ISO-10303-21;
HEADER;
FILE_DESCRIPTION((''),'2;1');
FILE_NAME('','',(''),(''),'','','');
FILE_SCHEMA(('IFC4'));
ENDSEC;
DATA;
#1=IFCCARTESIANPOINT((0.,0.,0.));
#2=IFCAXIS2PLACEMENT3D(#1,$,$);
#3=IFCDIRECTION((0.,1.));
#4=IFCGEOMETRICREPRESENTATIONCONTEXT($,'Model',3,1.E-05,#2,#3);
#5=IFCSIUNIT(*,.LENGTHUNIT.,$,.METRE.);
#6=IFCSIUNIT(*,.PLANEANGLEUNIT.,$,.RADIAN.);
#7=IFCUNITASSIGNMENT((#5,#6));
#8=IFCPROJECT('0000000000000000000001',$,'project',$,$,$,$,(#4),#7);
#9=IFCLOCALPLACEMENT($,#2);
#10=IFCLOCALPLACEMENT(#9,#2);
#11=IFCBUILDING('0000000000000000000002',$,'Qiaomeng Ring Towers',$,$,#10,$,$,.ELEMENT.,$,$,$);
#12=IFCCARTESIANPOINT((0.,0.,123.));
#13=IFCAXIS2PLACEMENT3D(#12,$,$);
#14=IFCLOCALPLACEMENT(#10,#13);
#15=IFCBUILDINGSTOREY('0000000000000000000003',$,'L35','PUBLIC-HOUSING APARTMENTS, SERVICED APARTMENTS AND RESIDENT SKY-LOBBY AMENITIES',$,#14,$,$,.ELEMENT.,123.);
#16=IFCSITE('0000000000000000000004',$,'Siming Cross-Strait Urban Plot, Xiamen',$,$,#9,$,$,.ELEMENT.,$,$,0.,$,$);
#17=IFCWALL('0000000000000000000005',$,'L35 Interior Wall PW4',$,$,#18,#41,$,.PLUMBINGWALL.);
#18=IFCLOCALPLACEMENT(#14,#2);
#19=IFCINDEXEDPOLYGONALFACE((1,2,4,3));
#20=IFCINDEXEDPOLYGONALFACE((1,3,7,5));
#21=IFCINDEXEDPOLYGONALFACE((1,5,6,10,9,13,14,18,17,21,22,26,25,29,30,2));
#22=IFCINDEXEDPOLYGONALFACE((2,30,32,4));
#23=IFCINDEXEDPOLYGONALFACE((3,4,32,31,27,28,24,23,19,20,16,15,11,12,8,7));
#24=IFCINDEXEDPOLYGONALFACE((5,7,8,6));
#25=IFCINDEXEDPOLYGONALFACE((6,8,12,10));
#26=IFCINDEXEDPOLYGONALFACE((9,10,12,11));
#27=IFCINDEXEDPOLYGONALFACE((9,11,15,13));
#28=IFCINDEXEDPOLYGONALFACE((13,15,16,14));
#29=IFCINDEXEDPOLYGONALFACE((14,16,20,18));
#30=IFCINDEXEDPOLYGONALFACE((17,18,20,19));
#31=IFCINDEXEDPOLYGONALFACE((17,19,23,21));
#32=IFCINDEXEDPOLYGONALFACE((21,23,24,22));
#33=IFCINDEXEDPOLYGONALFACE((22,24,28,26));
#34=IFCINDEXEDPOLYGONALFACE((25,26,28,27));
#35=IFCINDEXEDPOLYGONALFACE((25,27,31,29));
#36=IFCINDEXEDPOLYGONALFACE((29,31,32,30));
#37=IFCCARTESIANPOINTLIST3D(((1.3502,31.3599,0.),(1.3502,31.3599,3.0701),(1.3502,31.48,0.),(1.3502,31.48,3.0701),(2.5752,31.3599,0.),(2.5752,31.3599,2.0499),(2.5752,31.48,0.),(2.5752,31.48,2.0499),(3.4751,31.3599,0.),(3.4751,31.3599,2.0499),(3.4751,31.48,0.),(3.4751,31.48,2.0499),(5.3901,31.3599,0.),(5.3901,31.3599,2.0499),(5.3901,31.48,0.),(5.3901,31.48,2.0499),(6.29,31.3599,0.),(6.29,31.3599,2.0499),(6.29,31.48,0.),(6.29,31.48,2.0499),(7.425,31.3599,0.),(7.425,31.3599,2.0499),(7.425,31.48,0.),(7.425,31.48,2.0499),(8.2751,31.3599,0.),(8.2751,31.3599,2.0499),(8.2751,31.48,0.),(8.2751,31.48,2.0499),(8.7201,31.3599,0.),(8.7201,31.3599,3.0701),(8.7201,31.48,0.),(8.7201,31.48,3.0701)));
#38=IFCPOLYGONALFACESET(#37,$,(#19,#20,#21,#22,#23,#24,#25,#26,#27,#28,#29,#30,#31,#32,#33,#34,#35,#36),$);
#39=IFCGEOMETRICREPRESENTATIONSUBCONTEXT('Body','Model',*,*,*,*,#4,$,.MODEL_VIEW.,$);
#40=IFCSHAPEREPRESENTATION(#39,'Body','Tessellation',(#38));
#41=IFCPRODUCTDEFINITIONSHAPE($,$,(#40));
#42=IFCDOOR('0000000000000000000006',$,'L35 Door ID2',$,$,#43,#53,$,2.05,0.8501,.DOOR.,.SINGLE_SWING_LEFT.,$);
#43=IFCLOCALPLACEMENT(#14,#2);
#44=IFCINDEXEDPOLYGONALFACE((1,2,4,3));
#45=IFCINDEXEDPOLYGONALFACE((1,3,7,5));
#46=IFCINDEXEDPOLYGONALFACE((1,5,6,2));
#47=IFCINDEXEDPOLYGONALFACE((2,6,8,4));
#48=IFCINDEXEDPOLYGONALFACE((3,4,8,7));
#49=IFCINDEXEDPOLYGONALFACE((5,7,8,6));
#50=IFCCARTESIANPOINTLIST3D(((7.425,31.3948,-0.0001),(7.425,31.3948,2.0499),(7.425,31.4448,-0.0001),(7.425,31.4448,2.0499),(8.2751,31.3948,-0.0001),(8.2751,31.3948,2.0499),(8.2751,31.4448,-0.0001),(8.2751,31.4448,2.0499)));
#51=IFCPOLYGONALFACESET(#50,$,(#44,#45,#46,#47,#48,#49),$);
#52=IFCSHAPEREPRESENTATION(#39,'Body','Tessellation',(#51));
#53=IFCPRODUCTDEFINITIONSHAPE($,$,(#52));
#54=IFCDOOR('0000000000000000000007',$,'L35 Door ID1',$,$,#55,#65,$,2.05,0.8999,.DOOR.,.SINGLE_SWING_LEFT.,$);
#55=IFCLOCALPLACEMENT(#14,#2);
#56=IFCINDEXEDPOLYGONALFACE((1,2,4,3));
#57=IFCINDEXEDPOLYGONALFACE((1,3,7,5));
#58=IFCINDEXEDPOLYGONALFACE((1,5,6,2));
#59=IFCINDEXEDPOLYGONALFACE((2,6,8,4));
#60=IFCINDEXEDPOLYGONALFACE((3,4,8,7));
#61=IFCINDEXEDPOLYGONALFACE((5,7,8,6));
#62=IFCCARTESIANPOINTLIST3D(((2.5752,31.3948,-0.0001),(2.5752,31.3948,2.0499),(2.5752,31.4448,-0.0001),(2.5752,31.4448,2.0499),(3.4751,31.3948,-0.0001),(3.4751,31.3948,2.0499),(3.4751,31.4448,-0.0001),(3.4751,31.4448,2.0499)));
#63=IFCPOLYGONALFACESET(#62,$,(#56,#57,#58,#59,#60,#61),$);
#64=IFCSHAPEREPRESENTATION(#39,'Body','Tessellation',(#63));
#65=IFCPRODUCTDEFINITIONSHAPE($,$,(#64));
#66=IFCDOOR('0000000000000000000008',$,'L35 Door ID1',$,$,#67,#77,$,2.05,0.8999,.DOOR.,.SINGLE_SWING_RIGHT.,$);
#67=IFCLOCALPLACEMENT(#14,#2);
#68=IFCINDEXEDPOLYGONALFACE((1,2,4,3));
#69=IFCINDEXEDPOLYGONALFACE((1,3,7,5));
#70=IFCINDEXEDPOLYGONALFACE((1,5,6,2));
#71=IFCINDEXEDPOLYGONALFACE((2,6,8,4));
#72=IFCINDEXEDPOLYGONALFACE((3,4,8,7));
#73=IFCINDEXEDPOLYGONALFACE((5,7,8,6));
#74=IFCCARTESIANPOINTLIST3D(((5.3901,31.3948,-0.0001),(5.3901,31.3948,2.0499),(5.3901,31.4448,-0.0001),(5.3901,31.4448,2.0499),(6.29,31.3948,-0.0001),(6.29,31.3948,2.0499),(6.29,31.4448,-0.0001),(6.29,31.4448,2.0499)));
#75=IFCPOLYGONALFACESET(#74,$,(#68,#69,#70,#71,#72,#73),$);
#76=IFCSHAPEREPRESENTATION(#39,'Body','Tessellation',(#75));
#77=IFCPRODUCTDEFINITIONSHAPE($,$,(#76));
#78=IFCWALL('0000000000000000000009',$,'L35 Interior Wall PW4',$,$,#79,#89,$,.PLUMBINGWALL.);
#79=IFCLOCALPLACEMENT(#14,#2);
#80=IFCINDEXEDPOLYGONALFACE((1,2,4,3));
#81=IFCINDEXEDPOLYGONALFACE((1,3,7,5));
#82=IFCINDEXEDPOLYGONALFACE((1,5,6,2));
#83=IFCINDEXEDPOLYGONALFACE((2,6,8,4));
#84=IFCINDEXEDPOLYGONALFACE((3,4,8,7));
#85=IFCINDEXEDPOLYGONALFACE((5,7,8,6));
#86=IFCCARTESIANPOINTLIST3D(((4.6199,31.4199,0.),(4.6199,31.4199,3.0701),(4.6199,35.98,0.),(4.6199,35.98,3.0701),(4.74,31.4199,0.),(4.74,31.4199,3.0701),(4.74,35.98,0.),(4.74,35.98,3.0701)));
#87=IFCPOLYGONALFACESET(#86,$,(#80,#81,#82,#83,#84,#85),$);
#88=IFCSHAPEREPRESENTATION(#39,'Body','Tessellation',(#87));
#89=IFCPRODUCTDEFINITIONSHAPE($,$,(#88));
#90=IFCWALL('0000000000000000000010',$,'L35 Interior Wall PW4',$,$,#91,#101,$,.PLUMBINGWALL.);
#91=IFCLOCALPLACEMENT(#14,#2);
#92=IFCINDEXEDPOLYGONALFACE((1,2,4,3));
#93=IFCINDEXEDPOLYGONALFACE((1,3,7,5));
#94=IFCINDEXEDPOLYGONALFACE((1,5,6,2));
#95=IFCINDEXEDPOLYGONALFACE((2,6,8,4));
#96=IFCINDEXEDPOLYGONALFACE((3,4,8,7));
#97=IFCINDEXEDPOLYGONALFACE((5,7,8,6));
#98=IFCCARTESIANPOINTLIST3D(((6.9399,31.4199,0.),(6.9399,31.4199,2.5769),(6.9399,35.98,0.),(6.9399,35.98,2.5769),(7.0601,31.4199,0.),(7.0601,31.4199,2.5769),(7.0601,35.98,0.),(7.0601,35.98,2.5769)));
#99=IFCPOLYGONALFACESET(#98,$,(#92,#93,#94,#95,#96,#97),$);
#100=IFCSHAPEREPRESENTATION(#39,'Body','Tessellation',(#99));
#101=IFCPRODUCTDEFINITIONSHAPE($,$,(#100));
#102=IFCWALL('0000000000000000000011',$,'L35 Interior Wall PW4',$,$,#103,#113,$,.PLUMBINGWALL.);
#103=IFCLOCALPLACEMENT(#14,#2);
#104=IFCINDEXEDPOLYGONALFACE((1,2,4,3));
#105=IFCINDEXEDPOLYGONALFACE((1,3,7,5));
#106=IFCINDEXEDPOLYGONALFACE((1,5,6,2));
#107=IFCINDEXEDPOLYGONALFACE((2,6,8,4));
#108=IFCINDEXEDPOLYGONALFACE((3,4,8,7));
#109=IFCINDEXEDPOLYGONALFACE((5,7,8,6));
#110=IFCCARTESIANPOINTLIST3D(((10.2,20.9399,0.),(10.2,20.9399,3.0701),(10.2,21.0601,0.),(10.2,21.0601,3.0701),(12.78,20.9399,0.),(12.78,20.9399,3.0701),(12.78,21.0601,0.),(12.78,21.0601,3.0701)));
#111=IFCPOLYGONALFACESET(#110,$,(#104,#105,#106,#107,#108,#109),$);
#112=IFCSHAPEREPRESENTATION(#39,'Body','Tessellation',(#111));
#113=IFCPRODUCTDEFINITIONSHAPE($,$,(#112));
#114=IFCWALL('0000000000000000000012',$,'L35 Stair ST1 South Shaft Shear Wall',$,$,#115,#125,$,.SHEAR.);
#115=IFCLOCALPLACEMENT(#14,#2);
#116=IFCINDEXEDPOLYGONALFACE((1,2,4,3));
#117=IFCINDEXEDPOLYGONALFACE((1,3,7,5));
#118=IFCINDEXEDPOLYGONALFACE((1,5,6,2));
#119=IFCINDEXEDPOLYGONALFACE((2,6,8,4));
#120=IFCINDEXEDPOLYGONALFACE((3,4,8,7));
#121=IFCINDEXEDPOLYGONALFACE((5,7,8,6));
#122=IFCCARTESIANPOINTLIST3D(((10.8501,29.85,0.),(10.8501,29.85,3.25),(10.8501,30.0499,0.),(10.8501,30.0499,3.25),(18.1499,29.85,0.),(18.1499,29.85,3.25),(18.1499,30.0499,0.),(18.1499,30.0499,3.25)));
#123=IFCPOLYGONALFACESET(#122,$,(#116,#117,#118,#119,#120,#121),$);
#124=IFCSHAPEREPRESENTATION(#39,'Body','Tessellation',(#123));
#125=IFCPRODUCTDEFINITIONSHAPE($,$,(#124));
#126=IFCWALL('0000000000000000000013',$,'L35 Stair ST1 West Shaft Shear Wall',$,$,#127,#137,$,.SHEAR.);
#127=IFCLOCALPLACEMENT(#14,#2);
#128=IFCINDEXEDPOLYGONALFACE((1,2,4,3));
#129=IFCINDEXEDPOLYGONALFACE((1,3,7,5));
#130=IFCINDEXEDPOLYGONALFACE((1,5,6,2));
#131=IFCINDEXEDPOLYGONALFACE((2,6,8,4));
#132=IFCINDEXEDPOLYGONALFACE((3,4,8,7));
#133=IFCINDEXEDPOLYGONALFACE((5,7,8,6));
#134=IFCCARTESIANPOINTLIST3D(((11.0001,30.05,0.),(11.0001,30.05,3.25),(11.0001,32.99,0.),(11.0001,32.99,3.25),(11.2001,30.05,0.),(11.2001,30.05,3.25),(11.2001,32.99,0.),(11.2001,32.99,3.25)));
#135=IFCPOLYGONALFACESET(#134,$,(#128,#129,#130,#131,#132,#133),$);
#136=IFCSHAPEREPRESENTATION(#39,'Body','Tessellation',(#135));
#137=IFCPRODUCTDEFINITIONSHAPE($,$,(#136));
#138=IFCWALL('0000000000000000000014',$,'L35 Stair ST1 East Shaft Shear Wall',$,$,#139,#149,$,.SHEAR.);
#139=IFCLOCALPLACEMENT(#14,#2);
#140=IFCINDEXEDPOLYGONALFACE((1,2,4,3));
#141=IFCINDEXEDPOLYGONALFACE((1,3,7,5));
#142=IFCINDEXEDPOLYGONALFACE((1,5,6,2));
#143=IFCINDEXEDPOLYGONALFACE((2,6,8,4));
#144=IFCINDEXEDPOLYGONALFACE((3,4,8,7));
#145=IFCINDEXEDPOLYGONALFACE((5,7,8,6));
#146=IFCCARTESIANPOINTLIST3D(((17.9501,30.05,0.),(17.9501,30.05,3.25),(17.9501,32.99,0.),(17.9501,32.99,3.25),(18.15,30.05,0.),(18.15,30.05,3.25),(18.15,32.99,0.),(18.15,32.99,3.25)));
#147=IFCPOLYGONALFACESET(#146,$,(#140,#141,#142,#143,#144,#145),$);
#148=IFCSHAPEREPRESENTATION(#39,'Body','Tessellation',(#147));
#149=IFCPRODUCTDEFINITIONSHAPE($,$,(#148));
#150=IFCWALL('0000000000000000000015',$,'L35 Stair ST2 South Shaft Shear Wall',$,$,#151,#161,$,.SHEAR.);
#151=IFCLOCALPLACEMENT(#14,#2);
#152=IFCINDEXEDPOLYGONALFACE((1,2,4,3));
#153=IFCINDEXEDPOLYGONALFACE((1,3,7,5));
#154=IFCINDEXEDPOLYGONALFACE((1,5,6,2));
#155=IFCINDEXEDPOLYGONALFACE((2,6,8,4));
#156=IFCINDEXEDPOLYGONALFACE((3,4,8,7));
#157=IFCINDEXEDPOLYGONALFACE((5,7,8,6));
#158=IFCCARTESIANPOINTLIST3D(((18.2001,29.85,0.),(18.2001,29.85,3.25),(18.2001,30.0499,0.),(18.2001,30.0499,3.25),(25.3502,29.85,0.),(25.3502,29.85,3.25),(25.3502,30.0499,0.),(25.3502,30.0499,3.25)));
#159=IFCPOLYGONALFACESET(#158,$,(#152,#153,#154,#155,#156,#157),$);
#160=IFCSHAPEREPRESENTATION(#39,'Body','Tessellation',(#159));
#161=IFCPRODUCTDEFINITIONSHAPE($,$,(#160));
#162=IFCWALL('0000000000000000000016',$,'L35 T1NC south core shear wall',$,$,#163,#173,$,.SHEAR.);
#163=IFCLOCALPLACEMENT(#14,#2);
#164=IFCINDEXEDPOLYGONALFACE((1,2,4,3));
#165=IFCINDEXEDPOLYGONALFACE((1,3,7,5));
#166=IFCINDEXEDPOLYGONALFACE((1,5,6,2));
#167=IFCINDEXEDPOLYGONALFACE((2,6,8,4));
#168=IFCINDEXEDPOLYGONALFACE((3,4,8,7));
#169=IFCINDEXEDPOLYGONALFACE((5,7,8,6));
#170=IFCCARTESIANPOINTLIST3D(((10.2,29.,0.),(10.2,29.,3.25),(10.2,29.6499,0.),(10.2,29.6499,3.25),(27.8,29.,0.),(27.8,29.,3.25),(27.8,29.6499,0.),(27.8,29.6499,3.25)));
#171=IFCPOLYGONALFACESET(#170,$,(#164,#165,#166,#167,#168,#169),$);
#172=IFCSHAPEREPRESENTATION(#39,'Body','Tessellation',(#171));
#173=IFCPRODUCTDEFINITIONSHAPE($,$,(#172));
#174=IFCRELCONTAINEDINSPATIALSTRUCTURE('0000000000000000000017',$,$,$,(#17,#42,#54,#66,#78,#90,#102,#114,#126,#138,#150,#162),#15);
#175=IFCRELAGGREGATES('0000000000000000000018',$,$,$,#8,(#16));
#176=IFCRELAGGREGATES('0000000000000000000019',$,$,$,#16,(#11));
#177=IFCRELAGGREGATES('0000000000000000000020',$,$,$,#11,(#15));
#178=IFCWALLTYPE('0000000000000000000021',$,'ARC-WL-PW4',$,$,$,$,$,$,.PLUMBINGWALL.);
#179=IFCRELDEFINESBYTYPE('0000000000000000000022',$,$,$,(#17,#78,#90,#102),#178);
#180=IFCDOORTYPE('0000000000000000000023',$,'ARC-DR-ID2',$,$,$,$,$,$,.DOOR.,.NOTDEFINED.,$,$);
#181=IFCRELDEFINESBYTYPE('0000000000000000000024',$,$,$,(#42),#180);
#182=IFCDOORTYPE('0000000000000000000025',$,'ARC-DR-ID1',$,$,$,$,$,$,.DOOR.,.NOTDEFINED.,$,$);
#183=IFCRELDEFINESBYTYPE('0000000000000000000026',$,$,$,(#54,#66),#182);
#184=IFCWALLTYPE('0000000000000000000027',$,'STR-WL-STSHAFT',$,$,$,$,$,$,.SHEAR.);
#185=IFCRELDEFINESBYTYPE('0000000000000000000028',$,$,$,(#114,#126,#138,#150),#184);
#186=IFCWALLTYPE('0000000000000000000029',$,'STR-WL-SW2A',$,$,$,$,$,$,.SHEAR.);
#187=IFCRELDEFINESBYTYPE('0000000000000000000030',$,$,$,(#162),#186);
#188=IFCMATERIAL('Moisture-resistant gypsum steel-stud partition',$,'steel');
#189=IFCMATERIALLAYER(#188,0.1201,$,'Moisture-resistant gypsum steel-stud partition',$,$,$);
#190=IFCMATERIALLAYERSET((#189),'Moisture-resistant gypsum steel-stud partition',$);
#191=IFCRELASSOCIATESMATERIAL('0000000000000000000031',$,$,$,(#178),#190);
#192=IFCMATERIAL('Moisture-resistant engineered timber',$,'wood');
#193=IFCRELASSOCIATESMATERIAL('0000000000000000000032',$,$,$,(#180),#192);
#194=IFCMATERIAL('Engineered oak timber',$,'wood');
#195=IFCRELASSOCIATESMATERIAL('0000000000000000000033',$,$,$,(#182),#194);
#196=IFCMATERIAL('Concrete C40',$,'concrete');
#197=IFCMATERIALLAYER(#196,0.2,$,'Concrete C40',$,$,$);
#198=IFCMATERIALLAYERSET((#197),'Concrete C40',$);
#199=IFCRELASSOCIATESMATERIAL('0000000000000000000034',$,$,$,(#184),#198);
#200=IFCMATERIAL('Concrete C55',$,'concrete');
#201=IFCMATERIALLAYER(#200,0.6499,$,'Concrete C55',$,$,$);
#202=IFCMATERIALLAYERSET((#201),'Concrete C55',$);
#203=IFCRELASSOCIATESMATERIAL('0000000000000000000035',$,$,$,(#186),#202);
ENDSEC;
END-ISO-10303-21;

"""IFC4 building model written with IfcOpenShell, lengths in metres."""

from ifc_helpers import new_model, si_unit, direction, frame, frame_2d, origin, place, context, subcontext, project, spatial, rectangle, extrude, source, transform, mapped, material, layer, layer_set, type_object, element, fill, save


model = new_model("IFC4")

# Units and contexts
model_context = context("Model", 3, precision=1e-05, world=origin(), true_north=direction((0.0, 1.0)))
body_context = subcontext(model_context, "Body", "Model", "MODEL_VIEW")
ifc_project = project(units=[si_unit("LENGTHUNIT", "METRE"), si_unit("PLANEANGLEUNIT", "RADIAN")], contexts=[model_context])

# Site, building, storey
site_placement = place(None, origin())
site = spatial("IfcSite", under=ifc_project, at=site_placement, Name="Siming Cross-Strait Urban Plot, Xiamen", CompositionType="ELEMENT", RefElevation=0.0)
building_placement = place(site_placement, origin())
building = spatial("IfcBuilding", under=site, at=building_placement, Name="Qiaomeng Ring Towers", CompositionType="ELEMENT")
storey_placement = place(building_placement, frame((0.0, 0.0, 123.0)))
storey = spatial("IfcBuildingStorey", under=building, at=storey_placement, Name="L35", Description="PUBLIC-HOUSING APARTMENTS, SERVICED APARTMENTS AND RESIDENT SKY-LOBBY AMENITIES", CompositionType="ELEMENT", Elevation=123.0)

# Shared definitions
ifc_material_1 = material(Name="Concrete C55", Category="concrete")

# Wall, openings, doors
ifc_material_2 = material(Name="Moisture-resistant gypsum steel-stud partition", Category="steel")
ifc_layer_1 = layer(ifc_material_2, 0.1201, Name="Moisture-resistant gypsum steel-stud partition")
ifc_layer_set_1 = layer_set([ifc_layer_1], Name="Moisture-resistant gypsum steel-stud partition")
wall_type_1 = type_object("IfcWallType", Name="ARC-WL-PW4", PredefinedType="PLUMBINGWALL", material=ifc_layer_set_1)
wall_1_placement = place(storey_placement, frame((1.3501, 31.4199, 0.0), z_axis=(0.0, 0.0, 1.0), x_axis=(1.0, 0.0, 0.0)))
wall_1 = element("IfcWall", 1, at=wall_1_placement, inside=storey, type_object=wall_type_1, Name="L35 Interior Wall PW4", PredefinedType="PLUMBINGWALL", context=body_context, shape_type="SweptSolid", body=[
    extrude(rectangle(XDim=7.3699, YDim=0.1201, at=frame_2d((3.6851, 0.0))), origin(), (0.0, 0.0, 1.0), 3.0701),
])
opening_1_placement = place(wall_1_placement, frame((1.2251, 0.0, 0.0)))
opening_1 = element("IfcOpeningElement", 2, at=opening_1_placement, cuts=wall_1, PredefinedType="OPENING", context=body_context, shape_type="SweptSolid", body=[
    extrude(rectangle(XDim=0.8999, YDim=2.05, at=frame_2d((0.45, 1.0249))), frame((0.0, 0.0701, 0.0), z_axis=(0.0, -1.0, 0.0), x_axis=(1.0, 0.0, 0.0)), (0.0, 0.0, 1.0), 0.1401),
])
opening_2_placement = place(wall_1_placement, frame((4.04, 0.0, 0.0)))
opening_2 = element("IfcOpeningElement", 3, at=opening_2_placement, cuts=wall_1, PredefinedType="OPENING", context=body_context, shape_type="SweptSolid", body=[
    extrude(rectangle(XDim=0.8999, YDim=2.05, at=frame_2d((0.45, 1.0249))), frame((0.0, 0.0701, 0.0), z_axis=(0.0, -1.0, 0.0), x_axis=(1.0, 0.0, 0.0)), (0.0, 0.0, 1.0), 0.1401),
])
opening_3_placement = place(wall_1_placement, frame((6.075, 0.0, 0.0)))
opening_3 = element("IfcOpeningElement", 4, at=opening_3_placement, cuts=wall_1, PredefinedType="OPENING", context=body_context, shape_type="SweptSolid", body=[
    extrude(rectangle(XDim=0.8501, YDim=2.05, at=frame_2d((0.425, 1.0249))), frame((0.0, 0.0701, 0.0), z_axis=(0.0, -1.0, 0.0), x_axis=(1.0, 0.0, 0.0)), (0.0, 0.0, 1.0), 0.1401),
])
ifc_material_3 = material(Name="Moisture-resistant engineered timber", Category="wood")
door_type_1 = type_object("IfcDoorType", Name="ARC-DR-ID2", OperationType="NOTDEFINED", PredefinedType="DOOR", material=ifc_material_3)
shared_shape_1 = source(origin(), body_context, "Body", "SweptSolid", [
    extrude(rectangle(XDim=0.8501, YDim=2.05, at=frame_2d((0.425, 1.0249))), frame((0.0, 0.0249, 0.0), z_axis=(0.0, -1.0, 0.0), x_axis=(1.0, 0.0, 0.0)), (0.0, 0.0, 1.0), 0.05),
])
door_1_placement = place(opening_3_placement, origin())
door_1 = element("IfcDoor", 5, at=door_1_placement, inside=storey, type_object=door_type_1, Name="L35 Door ID2", OperationType="SINGLE_SWING_LEFT", OverallHeight=2.05, OverallWidth=0.8501, PredefinedType="DOOR", context=body_context, shape_type="MappedRepresentation", body=[
    mapped(shared_shape_1, transform((0.0, 0.0, 0.0), x_axis=(1.0, 0.0, 0.0), y_axis=(0.0, 1.0, 0.0), z_axis=(0.0, 0.0, 1.0), scale=1.0)),
])
fill(opening_3, door_1)
ifc_material_4 = material(Name="Engineered oak timber", Category="wood")
door_type_2 = type_object("IfcDoorType", Name="ARC-DR-ID1", OperationType="NOTDEFINED", PredefinedType="DOOR", material=ifc_material_4)
shared_shape_2 = source(origin(), body_context, "Body", "SweptSolid", [
    extrude(rectangle(XDim=0.8999, YDim=2.05, at=frame_2d((0.45, 1.0249))), frame((0.0, 0.0249, 0.0), z_axis=(0.0, -1.0, 0.0), x_axis=(1.0, 0.0, 0.0)), (0.0, 0.0, 1.0), 0.05),
])
door_2_placement = place(opening_1_placement, origin())
door_2 = element("IfcDoor", 6, at=door_2_placement, inside=storey, type_object=door_type_2, Name="L35 Door ID1", OperationType="SINGLE_SWING_LEFT", OverallHeight=2.05, OverallWidth=0.8999, PredefinedType="DOOR", context=body_context, shape_type="MappedRepresentation", body=[
    mapped(shared_shape_2, transform((0.0, 0.0, 0.0), x_axis=(1.0, 0.0, 0.0), y_axis=(0.0, 1.0, 0.0), z_axis=(0.0, 0.0, 1.0), scale=1.0)),
])
fill(opening_1, door_2)
door_3_placement = place(opening_2_placement, origin())
door_3 = element("IfcDoor", 7, at=door_3_placement, inside=storey, type_object=door_type_2, Name="L35 Door ID1", OperationType="SINGLE_SWING_RIGHT", OverallHeight=2.05, OverallWidth=0.8999, PredefinedType="DOOR", context=body_context, shape_type="MappedRepresentation", body=[
    mapped(shared_shape_2, transform((0.0, 0.0, 0.0), x_axis=(1.0, 0.0, 0.0), y_axis=(0.0, 1.0, 0.0), z_axis=(0.0, 0.0, 1.0), scale=1.0)),
])
fill(opening_2, door_3)

# Walls
wall_2_placement = place(storey_placement, frame((4.6799, 31.4199, 0.0), z_axis=(0.0, 0.0, 1.0), x_axis=(0.0, 1.0, 0.0)))
element("IfcWall", 8, at=wall_2_placement, inside=storey, type_object=wall_type_1, Name="L35 Interior Wall PW4", PredefinedType="PLUMBINGWALL", context=body_context, shape_type="SweptSolid", body=[
    extrude(rectangle(XDim=4.5601, YDim=0.1201, at=frame_2d((2.28, 0.0))), origin(), (0.0, 0.0, 1.0), 3.0701),
])
wall_3_placement = place(storey_placement, frame((7.0, 31.4199, 0.0), z_axis=(0.0, 0.0, 1.0), x_axis=(0.0, 1.0, 0.0)))
element("IfcWall", 9, at=wall_3_placement, inside=storey, type_object=wall_type_1, Name="L35 Interior Wall PW4", PredefinedType="PLUMBINGWALL", context=body_context, shape_type="SweptSolid", body=[
    extrude(rectangle(XDim=4.5601, YDim=0.1201, at=frame_2d((2.28, 0.0))), origin(), (0.0, 0.0, 1.0), 2.5769),
])
wall_4_placement = place(storey_placement, frame((10.2, 21.0, 0.0), z_axis=(0.0, 0.0, 1.0), x_axis=(1.0, 0.0, 0.0)))
element("IfcWall", 10, at=wall_4_placement, inside=storey, type_object=wall_type_1, Name="L35 Interior Wall PW4", PredefinedType="PLUMBINGWALL", context=body_context, shape_type="SweptSolid", body=[
    extrude(rectangle(XDim=2.5801, YDim=0.1201, at=frame_2d((1.29, 0.0))), origin(), (0.0, 0.0, 1.0), 3.0701),
])
ifc_material_5 = material(Name="Concrete C40", Category="concrete")
ifc_layer_2 = layer(ifc_material_5, 0.2, Name="Concrete C40")
ifc_layer_set_2 = layer_set([ifc_layer_2], Name="Concrete C40")
wall_type_2 = type_object("IfcWallType", Name="STR-WL-STSHAFT", PredefinedType="SHEAR", material=ifc_layer_set_2)
wall_5_placement = place(storey_placement, frame((10.8501, 29.95, 0.0), z_axis=(0.0, 0.0, 1.0), x_axis=(1.0, 0.0, 0.0)))
element("IfcWall", 11, at=wall_5_placement, inside=storey, type_object=wall_type_2, Name="L35 Stair ST1 South Shaft Shear Wall", PredefinedType="SHEAR", context=body_context, shape_type="SweptSolid", body=[
    extrude(rectangle(XDim=7.2998, YDim=0.2, at=frame_2d((3.6499, 0.0))), origin(), (0.0, 0.0, 1.0), 3.25),
])
for number, where, z_axis, x_axis, name in (
    (12, (11.1001, 30.05, 0.0), (0.0, 0.0, 1.0), (0.0, 1.0, 0.0), "L35 Stair ST1 West Shaft Shear Wall"),
    (13, (18.05, 30.05, 0.0), (0.0, 0.0, 1.0), (0.0, 1.0, 0.0), "L35 Stair ST1 East Shaft Shear Wall"),
):
    element("IfcWall", number, at=place(storey_placement, frame(where, z_axis=z_axis, x_axis=x_axis)), inside=storey, type_object=wall_type_2, Name=name, PredefinedType="SHEAR", context=body_context, shape_type="SweptSolid", body=[
        extrude(rectangle(XDim=2.9399, YDim=0.2, at=frame_2d((1.47, 0.0))), origin(), (0.0, 0.0, 1.0), 3.25),
    ])
wall_6_placement = place(storey_placement, frame((18.2, 29.95, 0.0), z_axis=(0.0, 0.0, 1.0), x_axis=(1.0, 0.0, 0.0)))
element("IfcWall", 14, at=wall_6_placement, inside=storey, type_object=wall_type_2, Name="L35 Stair ST2 South Shaft Shear Wall", PredefinedType="SHEAR", context=body_context, shape_type="SweptSolid", body=[
    extrude(rectangle(XDim=7.1501, YDim=0.2, at=frame_2d((3.5752, 0.0))), origin(), (0.0, 0.0, 1.0), 3.25),
])
ifc_layer_3 = layer(ifc_material_1, 0.6499, Name="Concrete C55")
ifc_layer_set_3 = layer_set([ifc_layer_3], Name="Concrete C55")
wall_type_3 = type_object("IfcWallType", Name="STR-WL-SW2A", PredefinedType="SHEAR", material=ifc_layer_set_3)
wall_7_placement = place(storey_placement, frame((10.2, 29.325, 0.0), z_axis=(0.0, 0.0, 1.0), x_axis=(1.0, 0.0, 0.0)))
element("IfcWall", 15, at=wall_7_placement, inside=storey, type_object=wall_type_3, Name="L35 T1NC south core shear wall", PredefinedType="SHEAR", context=body_context, shape_type="SweptSolid", body=[
    extrude(rectangle(XDim=17.6001, YDim=0.6499, at=frame_2d((8.8, 0.0))), origin(), (0.0, 0.0, 1.0), 3.25),
])

save(model, "model.ifc")
